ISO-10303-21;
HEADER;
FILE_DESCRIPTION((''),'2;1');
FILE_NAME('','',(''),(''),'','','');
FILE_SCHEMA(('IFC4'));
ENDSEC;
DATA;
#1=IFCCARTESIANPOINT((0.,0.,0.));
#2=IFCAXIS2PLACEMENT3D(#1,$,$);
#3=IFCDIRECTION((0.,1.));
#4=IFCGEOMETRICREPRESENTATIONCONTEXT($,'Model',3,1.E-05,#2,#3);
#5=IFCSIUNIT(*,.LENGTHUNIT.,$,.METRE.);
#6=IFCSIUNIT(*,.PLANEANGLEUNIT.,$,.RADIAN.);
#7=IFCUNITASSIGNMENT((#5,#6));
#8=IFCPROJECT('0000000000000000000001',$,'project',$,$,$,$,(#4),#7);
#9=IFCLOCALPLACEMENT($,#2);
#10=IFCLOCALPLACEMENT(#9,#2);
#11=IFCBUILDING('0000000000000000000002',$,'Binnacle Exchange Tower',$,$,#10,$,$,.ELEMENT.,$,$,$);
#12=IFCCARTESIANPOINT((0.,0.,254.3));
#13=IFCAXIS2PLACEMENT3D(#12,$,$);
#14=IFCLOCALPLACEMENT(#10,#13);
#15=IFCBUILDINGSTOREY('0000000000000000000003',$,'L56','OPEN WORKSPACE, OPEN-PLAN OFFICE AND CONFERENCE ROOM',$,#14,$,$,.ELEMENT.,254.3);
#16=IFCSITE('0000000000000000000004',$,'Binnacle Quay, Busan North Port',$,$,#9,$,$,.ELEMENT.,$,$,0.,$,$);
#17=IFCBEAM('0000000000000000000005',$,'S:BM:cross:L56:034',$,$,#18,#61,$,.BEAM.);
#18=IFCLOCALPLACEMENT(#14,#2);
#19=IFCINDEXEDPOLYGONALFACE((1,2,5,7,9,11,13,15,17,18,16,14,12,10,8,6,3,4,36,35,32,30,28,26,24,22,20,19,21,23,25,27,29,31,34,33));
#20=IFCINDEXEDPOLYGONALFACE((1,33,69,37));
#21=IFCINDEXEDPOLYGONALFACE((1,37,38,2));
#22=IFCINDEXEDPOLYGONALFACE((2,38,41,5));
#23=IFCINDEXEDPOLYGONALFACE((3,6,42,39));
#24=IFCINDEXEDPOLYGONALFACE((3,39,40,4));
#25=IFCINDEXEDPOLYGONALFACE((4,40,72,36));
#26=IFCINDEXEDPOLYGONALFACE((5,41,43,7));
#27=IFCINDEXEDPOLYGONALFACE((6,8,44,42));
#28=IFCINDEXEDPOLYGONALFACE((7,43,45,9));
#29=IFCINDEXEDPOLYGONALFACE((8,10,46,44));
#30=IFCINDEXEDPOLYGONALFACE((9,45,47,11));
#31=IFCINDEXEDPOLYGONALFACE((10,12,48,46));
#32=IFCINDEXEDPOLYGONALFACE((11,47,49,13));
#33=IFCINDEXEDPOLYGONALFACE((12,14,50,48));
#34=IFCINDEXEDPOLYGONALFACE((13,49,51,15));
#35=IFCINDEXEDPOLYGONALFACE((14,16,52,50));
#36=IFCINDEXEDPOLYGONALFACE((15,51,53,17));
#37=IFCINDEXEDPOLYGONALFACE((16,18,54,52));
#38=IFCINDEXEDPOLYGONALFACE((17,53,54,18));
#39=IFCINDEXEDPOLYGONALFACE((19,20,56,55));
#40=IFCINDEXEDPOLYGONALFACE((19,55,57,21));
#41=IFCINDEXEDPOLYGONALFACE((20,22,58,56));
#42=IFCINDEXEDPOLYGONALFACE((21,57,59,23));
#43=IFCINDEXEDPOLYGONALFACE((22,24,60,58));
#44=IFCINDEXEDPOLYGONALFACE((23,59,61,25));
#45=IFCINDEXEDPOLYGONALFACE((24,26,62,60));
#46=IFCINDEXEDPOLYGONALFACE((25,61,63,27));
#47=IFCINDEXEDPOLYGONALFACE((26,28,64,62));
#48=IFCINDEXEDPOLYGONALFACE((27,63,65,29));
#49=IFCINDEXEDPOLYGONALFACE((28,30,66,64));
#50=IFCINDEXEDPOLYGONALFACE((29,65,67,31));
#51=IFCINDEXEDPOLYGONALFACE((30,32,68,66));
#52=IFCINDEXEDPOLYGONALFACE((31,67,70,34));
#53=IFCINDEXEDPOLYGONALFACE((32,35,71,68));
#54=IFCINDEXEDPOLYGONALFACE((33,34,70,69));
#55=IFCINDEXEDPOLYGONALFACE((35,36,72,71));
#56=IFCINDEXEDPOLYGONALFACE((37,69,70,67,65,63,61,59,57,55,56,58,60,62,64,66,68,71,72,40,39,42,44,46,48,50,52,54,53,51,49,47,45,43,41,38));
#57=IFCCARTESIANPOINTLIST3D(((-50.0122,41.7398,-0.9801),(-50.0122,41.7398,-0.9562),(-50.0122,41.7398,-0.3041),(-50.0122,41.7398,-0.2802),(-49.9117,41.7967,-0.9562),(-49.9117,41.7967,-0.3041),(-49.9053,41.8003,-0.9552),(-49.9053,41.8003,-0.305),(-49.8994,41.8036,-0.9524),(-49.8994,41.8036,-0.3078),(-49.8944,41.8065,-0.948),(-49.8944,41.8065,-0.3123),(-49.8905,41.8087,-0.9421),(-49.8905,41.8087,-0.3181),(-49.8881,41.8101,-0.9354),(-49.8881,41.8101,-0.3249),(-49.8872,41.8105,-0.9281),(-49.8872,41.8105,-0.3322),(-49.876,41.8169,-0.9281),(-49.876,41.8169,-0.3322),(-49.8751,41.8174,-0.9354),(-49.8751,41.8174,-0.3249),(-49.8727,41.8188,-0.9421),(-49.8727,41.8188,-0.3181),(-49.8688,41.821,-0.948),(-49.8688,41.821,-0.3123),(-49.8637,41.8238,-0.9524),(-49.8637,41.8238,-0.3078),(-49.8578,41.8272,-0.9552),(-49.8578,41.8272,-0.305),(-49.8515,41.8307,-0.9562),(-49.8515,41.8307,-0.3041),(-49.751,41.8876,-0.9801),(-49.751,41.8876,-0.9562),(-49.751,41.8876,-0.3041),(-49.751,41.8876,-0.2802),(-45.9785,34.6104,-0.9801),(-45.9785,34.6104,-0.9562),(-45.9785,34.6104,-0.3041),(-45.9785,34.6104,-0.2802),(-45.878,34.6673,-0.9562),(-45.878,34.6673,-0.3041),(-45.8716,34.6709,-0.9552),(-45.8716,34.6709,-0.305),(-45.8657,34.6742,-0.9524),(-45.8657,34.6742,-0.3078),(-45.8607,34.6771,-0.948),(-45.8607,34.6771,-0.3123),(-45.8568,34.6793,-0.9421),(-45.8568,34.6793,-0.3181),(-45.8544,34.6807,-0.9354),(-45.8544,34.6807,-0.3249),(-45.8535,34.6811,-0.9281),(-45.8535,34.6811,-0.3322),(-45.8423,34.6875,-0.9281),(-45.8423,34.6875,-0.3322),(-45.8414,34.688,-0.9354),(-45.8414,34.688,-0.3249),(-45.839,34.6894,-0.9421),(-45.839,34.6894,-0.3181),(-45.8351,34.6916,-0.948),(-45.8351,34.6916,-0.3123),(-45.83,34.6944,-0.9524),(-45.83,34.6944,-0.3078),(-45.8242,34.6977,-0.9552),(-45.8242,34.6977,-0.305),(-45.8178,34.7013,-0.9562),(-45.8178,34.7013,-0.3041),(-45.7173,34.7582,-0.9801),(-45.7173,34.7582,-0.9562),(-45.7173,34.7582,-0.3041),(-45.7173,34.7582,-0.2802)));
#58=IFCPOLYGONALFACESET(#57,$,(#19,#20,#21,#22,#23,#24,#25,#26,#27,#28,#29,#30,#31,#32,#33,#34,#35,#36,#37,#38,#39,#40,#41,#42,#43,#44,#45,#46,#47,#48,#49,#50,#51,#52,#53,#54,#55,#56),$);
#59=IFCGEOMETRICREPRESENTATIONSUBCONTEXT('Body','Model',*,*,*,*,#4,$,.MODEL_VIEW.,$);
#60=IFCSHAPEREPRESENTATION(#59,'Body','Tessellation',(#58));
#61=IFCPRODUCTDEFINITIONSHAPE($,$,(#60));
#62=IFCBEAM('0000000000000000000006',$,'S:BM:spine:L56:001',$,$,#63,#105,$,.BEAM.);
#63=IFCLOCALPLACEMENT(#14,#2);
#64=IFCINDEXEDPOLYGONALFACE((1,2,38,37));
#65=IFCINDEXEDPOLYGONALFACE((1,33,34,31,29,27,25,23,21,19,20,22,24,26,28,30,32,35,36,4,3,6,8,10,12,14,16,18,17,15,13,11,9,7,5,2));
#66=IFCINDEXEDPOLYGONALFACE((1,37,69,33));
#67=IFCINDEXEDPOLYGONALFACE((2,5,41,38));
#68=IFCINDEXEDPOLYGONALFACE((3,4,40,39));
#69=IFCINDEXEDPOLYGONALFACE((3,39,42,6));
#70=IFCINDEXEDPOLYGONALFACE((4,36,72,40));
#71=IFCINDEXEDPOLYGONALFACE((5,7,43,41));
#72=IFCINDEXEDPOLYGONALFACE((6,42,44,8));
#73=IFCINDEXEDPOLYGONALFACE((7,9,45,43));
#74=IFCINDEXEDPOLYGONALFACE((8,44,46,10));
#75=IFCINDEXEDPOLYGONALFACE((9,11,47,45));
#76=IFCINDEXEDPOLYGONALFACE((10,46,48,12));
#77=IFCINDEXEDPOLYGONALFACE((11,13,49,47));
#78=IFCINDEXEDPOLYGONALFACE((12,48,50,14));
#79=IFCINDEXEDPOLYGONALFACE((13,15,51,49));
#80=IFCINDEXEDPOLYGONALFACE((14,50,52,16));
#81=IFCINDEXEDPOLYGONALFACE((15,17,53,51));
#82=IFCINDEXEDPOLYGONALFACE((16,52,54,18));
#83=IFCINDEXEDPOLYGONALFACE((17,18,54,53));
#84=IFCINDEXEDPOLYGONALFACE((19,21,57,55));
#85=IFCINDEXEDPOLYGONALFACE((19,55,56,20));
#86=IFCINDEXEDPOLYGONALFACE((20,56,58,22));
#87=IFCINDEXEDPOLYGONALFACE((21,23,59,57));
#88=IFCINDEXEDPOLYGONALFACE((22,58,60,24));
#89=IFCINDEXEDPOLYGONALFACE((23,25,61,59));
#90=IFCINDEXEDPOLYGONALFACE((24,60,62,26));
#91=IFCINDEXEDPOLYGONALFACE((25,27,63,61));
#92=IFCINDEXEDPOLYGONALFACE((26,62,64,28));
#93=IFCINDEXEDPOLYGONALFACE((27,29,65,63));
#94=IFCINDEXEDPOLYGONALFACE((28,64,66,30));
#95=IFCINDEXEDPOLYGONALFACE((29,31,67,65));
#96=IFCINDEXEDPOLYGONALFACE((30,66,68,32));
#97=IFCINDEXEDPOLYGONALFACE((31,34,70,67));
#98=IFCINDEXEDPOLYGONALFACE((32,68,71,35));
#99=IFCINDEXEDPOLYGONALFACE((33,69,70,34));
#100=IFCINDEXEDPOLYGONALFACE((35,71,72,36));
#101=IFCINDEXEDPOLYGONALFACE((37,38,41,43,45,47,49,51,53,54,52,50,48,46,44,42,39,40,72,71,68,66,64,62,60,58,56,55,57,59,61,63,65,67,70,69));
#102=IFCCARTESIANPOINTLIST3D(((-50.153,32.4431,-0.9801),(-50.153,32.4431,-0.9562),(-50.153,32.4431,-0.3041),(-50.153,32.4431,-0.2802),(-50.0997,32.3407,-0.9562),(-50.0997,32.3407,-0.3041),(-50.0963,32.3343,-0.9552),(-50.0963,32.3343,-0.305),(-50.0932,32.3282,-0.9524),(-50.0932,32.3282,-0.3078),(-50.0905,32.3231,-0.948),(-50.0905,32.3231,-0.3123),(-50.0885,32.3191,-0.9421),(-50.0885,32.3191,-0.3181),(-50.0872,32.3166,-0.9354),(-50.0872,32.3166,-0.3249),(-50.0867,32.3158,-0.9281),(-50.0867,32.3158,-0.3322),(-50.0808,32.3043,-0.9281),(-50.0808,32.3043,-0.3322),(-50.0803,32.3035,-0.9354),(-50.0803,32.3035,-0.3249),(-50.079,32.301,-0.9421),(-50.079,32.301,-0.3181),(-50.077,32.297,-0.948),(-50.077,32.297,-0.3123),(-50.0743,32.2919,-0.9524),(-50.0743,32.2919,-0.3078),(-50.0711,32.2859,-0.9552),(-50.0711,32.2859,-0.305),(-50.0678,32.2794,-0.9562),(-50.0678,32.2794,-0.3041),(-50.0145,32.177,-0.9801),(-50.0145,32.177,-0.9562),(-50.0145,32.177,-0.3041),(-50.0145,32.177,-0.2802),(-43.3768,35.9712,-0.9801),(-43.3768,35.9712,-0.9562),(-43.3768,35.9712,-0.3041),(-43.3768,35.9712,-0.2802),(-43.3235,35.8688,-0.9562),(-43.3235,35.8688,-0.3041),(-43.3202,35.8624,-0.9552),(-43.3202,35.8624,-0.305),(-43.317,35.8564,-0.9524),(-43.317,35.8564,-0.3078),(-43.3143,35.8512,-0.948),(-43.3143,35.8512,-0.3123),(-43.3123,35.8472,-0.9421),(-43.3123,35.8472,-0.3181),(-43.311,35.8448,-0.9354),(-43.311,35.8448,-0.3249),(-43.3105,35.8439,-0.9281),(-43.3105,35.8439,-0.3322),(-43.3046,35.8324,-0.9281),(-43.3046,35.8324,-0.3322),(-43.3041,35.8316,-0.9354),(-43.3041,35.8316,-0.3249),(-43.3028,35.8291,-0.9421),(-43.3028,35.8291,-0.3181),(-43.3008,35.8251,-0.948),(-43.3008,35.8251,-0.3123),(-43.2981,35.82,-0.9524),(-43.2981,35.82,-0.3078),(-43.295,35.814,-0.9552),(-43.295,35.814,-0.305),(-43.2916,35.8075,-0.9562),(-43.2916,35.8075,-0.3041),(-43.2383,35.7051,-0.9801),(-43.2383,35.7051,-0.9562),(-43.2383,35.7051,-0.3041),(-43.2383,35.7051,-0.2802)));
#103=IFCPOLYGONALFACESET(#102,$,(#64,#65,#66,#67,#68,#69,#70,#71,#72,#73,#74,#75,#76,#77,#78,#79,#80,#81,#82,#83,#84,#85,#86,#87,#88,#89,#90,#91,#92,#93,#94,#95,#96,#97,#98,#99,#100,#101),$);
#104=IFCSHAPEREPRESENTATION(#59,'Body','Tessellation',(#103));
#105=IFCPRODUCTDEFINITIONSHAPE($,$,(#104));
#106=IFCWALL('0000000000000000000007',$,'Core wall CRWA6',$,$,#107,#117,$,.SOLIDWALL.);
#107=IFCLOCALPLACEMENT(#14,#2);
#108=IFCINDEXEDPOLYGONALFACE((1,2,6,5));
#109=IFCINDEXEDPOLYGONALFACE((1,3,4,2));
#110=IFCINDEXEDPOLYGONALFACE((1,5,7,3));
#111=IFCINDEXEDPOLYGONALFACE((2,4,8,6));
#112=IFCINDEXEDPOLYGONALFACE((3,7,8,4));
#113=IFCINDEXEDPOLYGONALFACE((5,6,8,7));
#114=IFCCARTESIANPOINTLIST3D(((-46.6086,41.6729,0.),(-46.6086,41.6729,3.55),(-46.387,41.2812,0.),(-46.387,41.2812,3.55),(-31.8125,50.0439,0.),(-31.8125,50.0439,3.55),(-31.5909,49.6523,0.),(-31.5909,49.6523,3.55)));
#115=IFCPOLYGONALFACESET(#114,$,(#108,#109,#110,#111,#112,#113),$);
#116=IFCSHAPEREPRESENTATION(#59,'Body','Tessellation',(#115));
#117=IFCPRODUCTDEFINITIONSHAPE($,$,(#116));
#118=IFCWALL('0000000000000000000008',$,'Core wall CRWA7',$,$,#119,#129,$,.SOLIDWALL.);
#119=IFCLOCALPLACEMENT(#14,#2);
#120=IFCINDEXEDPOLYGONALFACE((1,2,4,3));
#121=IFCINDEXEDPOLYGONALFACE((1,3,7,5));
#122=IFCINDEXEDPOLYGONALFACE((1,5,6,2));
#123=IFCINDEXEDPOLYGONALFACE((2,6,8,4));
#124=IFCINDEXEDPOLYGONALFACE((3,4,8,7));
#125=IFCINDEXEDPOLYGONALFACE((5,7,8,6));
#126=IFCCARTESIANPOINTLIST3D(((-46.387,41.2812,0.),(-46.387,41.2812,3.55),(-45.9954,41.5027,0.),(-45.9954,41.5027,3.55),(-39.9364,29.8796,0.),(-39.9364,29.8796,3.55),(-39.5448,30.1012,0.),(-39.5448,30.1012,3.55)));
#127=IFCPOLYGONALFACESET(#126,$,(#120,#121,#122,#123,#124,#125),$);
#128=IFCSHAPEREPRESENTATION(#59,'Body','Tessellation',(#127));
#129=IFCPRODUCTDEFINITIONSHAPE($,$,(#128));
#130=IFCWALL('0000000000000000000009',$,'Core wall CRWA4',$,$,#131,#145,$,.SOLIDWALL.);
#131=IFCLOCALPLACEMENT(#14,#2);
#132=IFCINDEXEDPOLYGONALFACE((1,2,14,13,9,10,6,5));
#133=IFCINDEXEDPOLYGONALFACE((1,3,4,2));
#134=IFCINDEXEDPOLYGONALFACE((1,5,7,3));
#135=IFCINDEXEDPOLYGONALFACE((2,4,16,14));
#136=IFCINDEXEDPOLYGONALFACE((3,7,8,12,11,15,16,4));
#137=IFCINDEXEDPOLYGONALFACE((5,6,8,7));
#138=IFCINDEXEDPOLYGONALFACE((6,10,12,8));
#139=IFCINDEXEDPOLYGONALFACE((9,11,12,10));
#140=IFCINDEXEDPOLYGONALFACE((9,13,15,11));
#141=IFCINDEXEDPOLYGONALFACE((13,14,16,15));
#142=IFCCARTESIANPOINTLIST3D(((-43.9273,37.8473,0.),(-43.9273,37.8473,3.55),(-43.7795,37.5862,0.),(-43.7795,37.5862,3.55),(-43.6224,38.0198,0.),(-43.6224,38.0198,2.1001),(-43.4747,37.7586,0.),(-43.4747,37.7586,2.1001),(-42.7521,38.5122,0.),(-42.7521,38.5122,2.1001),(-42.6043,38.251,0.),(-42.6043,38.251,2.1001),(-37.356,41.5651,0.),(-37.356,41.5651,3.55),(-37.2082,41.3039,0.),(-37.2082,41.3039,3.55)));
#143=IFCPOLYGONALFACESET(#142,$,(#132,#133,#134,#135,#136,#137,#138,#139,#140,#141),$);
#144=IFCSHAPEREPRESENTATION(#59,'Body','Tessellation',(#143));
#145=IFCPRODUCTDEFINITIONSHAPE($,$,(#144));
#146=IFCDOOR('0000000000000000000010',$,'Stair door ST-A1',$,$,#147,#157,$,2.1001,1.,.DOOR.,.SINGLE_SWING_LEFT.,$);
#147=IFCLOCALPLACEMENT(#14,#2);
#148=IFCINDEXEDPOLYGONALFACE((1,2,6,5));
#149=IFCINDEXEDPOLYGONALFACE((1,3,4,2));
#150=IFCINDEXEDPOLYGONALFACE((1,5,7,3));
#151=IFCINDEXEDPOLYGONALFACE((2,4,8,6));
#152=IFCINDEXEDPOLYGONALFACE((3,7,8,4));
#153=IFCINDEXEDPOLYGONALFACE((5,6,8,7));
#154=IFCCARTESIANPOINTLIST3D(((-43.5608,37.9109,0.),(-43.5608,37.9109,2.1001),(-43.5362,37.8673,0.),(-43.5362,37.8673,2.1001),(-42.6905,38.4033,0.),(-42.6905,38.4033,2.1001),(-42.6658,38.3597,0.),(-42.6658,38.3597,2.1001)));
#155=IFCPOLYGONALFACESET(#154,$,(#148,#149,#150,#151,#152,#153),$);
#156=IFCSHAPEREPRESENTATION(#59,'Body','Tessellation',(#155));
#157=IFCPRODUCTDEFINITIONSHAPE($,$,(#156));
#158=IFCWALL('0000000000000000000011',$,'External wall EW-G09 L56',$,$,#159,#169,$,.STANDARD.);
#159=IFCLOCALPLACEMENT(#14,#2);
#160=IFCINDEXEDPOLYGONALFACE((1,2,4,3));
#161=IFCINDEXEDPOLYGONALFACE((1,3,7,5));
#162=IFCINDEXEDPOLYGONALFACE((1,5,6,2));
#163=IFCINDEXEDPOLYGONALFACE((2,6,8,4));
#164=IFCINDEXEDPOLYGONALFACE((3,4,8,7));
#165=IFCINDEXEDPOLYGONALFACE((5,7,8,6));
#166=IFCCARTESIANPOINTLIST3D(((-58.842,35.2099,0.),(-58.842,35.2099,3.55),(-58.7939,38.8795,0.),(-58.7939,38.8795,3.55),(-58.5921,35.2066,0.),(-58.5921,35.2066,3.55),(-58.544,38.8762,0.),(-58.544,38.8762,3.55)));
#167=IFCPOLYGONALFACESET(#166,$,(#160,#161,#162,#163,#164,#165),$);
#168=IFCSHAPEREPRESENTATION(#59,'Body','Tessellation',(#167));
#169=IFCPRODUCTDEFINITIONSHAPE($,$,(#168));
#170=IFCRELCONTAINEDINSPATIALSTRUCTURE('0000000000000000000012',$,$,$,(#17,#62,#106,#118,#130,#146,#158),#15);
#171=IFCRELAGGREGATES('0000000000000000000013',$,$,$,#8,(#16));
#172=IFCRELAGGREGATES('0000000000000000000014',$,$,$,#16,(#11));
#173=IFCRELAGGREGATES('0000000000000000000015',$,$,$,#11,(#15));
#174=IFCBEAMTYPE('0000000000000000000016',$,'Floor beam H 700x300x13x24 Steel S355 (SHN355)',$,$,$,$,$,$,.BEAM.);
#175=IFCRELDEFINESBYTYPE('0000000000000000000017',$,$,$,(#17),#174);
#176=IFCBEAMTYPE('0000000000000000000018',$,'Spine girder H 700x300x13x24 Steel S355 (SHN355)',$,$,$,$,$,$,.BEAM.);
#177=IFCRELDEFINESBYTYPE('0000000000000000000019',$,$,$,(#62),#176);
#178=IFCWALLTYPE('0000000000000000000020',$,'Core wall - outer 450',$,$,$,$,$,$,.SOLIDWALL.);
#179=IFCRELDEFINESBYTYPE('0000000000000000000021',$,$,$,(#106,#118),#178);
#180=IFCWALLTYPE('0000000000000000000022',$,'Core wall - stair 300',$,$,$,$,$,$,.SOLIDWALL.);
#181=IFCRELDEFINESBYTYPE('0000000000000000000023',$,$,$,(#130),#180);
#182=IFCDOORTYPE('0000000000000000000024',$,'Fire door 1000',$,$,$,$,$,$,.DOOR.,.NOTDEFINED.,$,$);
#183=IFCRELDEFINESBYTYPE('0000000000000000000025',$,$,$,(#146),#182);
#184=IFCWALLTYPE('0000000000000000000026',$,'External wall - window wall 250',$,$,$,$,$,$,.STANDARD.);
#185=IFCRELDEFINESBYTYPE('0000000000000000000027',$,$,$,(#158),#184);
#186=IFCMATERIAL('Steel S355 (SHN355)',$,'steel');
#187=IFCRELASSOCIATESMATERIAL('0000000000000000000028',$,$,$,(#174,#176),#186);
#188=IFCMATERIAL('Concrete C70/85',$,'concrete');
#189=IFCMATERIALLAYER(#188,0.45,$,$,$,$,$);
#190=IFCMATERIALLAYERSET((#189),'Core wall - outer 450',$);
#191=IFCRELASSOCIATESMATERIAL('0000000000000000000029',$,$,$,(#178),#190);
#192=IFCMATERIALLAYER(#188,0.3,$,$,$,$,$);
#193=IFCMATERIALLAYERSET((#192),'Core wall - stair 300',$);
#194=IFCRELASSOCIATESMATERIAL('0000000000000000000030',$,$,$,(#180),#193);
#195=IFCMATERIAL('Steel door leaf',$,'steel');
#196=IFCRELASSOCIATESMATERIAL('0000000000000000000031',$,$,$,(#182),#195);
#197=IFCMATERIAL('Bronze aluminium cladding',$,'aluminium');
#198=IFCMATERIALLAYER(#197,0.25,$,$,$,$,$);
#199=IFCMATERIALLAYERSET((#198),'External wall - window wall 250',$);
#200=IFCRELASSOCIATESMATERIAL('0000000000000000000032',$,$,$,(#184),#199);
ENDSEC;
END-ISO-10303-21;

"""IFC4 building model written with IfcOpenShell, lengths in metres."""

from ifc_helpers import new_model, si_unit, direction, frame, frame_2d, origin, origin_2d, place, context, subcontext, project, spatial, rectangle, i_section, extrude, material, layer, layer_set, material_profile, profile_set, type_object, element, fill, save


model = new_model("IFC4")

# Units and contexts
model_context = context("Model", 3, precision=1e-05, world=origin(), true_north=direction((0.0, 1.0)))
body_context = subcontext(model_context, "Body", "Model", "MODEL_VIEW")
ifc_project = project(units=[si_unit("LENGTHUNIT", "METRE"), si_unit("PLANEANGLEUNIT", "RADIAN")], contexts=[model_context])

# Site, building, storey
site_placement = place(None, origin())
site = spatial("IfcSite", under=ifc_project, at=site_placement, Name="Binnacle Quay, Busan North Port", CompositionType="ELEMENT", RefElevation=0.0)
building_placement = place(site_placement, origin())
building = spatial("IfcBuilding", under=site, at=building_placement, Name="Binnacle Exchange Tower", CompositionType="ELEMENT")
storey_placement = place(building_placement, frame((0.0, 0.0, 254.3)))
storey = spatial("IfcBuildingStorey", under=building, at=storey_placement, Name="L56", Description="OPEN WORKSPACE, OPEN-PLAN OFFICE AND CONFERENCE ROOM", CompositionType="ELEMENT", Elevation=254.3)

# Beams
ifc_material_1 = material(Name="Steel S355 (SHN355)", Category="steel")
ifc_material_profile_1 = material_profile(ifc_material_1, i_section(OverallWidth=0.3, OverallDepth=0.7, WebThickness=0.0129, FlangeThickness=0.0239, FilletRadius=0.0281, at=origin_2d()), Name="H 700x300x13x24")
ifc_profile_set_1 = profile_set([ifc_material_profile_1], Name="Steel S355 (SHN355)")
beam_type_1 = type_object("IfcBeamType", Name="Floor beam H 700x300x13x24 Steel S355 (SHN355)", PredefinedType="BEAM", material=ifc_profile_set_1)
beam_1_placement = place(storey_placement, frame((-49.8816, 41.8137, -0.6301), z_axis=(0.49243, -0.870352, 0.0), x_axis=(0.870352, 0.49243, 0.0)))
element("IfcBeam", 1, at=beam_1_placement, inside=storey, type_object=beam_type_1, Name="S:BM:cross:L56:034", PredefinedType="BEAM", context=body_context, shape_type="SweptSolid", body=[
    extrude(i_section(OverallWidth=0.3, OverallDepth=0.7, WebThickness=0.0129, FlangeThickness=0.0239, FilletRadius=0.0281, at=origin_2d()), origin(), (0.0, 0.0, 1.0), 8.1914),
])
ifc_material_profile_2 = material_profile(ifc_material_1, i_section(OverallWidth=0.3, OverallDepth=0.7, WebThickness=0.0129, FlangeThickness=0.0239, FilletRadius=0.0281, at=origin_2d()), Name="H 700x300x13x24")
ifc_profile_set_2 = profile_set([ifc_material_profile_2], Name="Steel S355 (SHN355)")
beam_type_2 = type_object("IfcBeamType", Name="Spine girder H 700x300x13x24 Steel S355 (SHN355)", PredefinedType="BEAM", material=ifc_profile_set_2)
beam_2_placement = place(storey_placement, frame((-50.0837, 32.3101, -0.6301), z_axis=(0.886976, 0.461816, 0.0), x_axis=(-0.461816, 0.886976, 0.0)))
element("IfcBeam", 2, at=beam_2_placement, inside=storey, type_object=beam_type_2, Name="S:BM:spine:L56:001", PredefinedType="BEAM", context=body_context, shape_type="SweptSolid", body=[
    extrude(i_section(OverallWidth=0.3, OverallDepth=0.7, WebThickness=0.0129, FlangeThickness=0.0239, FilletRadius=0.0281, at=origin_2d()), origin(), (0.0, 0.0, 1.0), 7.6396),
])

# Walls
ifc_material_2 = material(Name="Concrete C70/85", Category="concrete")
ifc_layer_1 = layer(ifc_material_2, 0.45)
ifc_layer_set_1 = layer_set([ifc_layer_1], Name="Core wall - outer 450")
wall_type_1 = type_object("IfcWallType", Name="Core wall - outer 450", PredefinedType="SOLIDWALL", material=ifc_layer_set_1)
wall_1_placement = place(storey_placement, frame((-46.4978, 41.4771, 0.0), z_axis=(0.0, 0.0, 1.0), x_axis=(0.87036, 0.492416, 0.0)))
element("IfcWall", 3, at=wall_1_placement, inside=storey, type_object=wall_type_1, Name="Core wall CRWA6", PredefinedType="SOLIDWALL", context=body_context, shape_type="SweptSolid", body=[
    extrude(rectangle(XDim=17.0, YDim=0.45, at=frame_2d((8.5, 0.0))), origin(), (0.0, 0.0, 1.0), 3.55),
])
wall_2_placement = place(storey_placement, frame((-46.1912, 41.3918, 0.0), z_axis=(0.0, 0.0, 1.0), x_axis=(0.492421, -0.870357, 0.0)))
element("IfcWall", 4, at=wall_2_placement, inside=storey, type_object=wall_type_1, Name="Core wall CRWA7", PredefinedType="SOLIDWALL", context=body_context, shape_type="SweptSolid", body=[
    extrude(rectangle(XDim=13.0999, YDim=0.45, at=frame_2d((6.5498, 0.0))), origin(), (0.0, 0.0, 1.0), 3.55),
])

# Wall, opening, door
ifc_layer_2 = layer(ifc_material_2, 0.3)
ifc_layer_set_2 = layer_set([ifc_layer_2], Name="Core wall - stair 300")
wall_type_2 = type_object("IfcWallType", Name="Core wall - stair 300", PredefinedType="SOLIDWALL", material=ifc_layer_set_2)
wall_3_placement = place(storey_placement, frame((-43.8533, 37.7168, 0.0), z_axis=(0.0, 0.0, 1.0), x_axis=(0.87036, 0.492415, 0.0)))
wall_3 = element("IfcWall", 5, at=wall_3_placement, inside=storey, type_object=wall_type_2, Name="Core wall CRWA4", PredefinedType="SOLIDWALL", context=body_context, shape_type="SweptSolid", body=[
    extrude(rectangle(XDim=7.55, YDim=0.3, at=frame_2d((3.7749, 0.0))), origin(), (0.0, 0.0, 1.0), 3.55),
])
opening_1_placement = place(wall_3_placement, frame((0.3501, 0.0, 0.0)))
opening_1 = element("IfcOpeningElement", 6, at=opening_1_placement, cuts=wall_3, PredefinedType="OPENING", context=body_context, shape_type="SweptSolid", body=[
    extrude(rectangle(XDim=1.0, YDim=2.1001, at=frame_2d((0.5, 1.05))), frame((0.0, 0.1599, 0.0), z_axis=(0.0, -1.0, 0.0), x_axis=(1.0, 0.0, 0.0)), (0.0, 0.0, 1.0), 0.3201),
])
ifc_material_3 = material(Name="Steel door leaf", Category="steel")
door_type_1 = type_object("IfcDoorType", Name="Fire door 1000", OperationType="NOTDEFINED", PredefinedType="DOOR", material=ifc_material_3)
door_1_placement = place(opening_1_placement, origin())
door_1 = element("IfcDoor", 7, at=door_1_placement, inside=storey, type_object=door_type_1, Name="Stair door ST-A1", OperationType="SINGLE_SWING_LEFT", OverallHeight=2.1001, OverallWidth=1.0, PredefinedType="DOOR", context=body_context, shape_type="SweptSolid", body=[
    extrude(rectangle(XDim=1.0, YDim=2.1001, at=frame_2d((0.5, 1.05))), frame((0.0, 0.0249, 0.0), z_axis=(0.0, -1.0, 0.0), x_axis=(1.0, 0.0, 0.0)), (0.0, 0.0, 1.0), 0.05),
])
fill(opening_1, door_1)

# Wall
ifc_material_4 = material(Name="Bronze aluminium cladding", Category="aluminium")
ifc_layer_3 = layer(ifc_material_4, 0.25)
ifc_layer_set_3 = layer_set([ifc_layer_3], Name="External wall - window wall 250")
wall_type_3 = type_object("IfcWallType", Name="External wall - window wall 250", PredefinedType="STANDARD", material=ifc_layer_set_3)
wall_4_placement = place(storey_placement, frame((-58.717, 35.2083, 0.0), z_axis=(0.0, 0.0, 1.0), x_axis=(0.013105, 0.999914, 0.0)))
element("IfcWall", 8, at=wall_4_placement, inside=storey, type_object=wall_type_3, Name="External wall EW-G09 L56", PredefinedType="STANDARD", context=body_context, shape_type="SweptSolid", body=[
    extrude(rectangle(XDim=3.6699, YDim=0.25, at=frame_2d((1.835, 0.0))), origin(), (0.0, 0.0, 1.0), 3.55),
])

save(model, "model.ifc")
